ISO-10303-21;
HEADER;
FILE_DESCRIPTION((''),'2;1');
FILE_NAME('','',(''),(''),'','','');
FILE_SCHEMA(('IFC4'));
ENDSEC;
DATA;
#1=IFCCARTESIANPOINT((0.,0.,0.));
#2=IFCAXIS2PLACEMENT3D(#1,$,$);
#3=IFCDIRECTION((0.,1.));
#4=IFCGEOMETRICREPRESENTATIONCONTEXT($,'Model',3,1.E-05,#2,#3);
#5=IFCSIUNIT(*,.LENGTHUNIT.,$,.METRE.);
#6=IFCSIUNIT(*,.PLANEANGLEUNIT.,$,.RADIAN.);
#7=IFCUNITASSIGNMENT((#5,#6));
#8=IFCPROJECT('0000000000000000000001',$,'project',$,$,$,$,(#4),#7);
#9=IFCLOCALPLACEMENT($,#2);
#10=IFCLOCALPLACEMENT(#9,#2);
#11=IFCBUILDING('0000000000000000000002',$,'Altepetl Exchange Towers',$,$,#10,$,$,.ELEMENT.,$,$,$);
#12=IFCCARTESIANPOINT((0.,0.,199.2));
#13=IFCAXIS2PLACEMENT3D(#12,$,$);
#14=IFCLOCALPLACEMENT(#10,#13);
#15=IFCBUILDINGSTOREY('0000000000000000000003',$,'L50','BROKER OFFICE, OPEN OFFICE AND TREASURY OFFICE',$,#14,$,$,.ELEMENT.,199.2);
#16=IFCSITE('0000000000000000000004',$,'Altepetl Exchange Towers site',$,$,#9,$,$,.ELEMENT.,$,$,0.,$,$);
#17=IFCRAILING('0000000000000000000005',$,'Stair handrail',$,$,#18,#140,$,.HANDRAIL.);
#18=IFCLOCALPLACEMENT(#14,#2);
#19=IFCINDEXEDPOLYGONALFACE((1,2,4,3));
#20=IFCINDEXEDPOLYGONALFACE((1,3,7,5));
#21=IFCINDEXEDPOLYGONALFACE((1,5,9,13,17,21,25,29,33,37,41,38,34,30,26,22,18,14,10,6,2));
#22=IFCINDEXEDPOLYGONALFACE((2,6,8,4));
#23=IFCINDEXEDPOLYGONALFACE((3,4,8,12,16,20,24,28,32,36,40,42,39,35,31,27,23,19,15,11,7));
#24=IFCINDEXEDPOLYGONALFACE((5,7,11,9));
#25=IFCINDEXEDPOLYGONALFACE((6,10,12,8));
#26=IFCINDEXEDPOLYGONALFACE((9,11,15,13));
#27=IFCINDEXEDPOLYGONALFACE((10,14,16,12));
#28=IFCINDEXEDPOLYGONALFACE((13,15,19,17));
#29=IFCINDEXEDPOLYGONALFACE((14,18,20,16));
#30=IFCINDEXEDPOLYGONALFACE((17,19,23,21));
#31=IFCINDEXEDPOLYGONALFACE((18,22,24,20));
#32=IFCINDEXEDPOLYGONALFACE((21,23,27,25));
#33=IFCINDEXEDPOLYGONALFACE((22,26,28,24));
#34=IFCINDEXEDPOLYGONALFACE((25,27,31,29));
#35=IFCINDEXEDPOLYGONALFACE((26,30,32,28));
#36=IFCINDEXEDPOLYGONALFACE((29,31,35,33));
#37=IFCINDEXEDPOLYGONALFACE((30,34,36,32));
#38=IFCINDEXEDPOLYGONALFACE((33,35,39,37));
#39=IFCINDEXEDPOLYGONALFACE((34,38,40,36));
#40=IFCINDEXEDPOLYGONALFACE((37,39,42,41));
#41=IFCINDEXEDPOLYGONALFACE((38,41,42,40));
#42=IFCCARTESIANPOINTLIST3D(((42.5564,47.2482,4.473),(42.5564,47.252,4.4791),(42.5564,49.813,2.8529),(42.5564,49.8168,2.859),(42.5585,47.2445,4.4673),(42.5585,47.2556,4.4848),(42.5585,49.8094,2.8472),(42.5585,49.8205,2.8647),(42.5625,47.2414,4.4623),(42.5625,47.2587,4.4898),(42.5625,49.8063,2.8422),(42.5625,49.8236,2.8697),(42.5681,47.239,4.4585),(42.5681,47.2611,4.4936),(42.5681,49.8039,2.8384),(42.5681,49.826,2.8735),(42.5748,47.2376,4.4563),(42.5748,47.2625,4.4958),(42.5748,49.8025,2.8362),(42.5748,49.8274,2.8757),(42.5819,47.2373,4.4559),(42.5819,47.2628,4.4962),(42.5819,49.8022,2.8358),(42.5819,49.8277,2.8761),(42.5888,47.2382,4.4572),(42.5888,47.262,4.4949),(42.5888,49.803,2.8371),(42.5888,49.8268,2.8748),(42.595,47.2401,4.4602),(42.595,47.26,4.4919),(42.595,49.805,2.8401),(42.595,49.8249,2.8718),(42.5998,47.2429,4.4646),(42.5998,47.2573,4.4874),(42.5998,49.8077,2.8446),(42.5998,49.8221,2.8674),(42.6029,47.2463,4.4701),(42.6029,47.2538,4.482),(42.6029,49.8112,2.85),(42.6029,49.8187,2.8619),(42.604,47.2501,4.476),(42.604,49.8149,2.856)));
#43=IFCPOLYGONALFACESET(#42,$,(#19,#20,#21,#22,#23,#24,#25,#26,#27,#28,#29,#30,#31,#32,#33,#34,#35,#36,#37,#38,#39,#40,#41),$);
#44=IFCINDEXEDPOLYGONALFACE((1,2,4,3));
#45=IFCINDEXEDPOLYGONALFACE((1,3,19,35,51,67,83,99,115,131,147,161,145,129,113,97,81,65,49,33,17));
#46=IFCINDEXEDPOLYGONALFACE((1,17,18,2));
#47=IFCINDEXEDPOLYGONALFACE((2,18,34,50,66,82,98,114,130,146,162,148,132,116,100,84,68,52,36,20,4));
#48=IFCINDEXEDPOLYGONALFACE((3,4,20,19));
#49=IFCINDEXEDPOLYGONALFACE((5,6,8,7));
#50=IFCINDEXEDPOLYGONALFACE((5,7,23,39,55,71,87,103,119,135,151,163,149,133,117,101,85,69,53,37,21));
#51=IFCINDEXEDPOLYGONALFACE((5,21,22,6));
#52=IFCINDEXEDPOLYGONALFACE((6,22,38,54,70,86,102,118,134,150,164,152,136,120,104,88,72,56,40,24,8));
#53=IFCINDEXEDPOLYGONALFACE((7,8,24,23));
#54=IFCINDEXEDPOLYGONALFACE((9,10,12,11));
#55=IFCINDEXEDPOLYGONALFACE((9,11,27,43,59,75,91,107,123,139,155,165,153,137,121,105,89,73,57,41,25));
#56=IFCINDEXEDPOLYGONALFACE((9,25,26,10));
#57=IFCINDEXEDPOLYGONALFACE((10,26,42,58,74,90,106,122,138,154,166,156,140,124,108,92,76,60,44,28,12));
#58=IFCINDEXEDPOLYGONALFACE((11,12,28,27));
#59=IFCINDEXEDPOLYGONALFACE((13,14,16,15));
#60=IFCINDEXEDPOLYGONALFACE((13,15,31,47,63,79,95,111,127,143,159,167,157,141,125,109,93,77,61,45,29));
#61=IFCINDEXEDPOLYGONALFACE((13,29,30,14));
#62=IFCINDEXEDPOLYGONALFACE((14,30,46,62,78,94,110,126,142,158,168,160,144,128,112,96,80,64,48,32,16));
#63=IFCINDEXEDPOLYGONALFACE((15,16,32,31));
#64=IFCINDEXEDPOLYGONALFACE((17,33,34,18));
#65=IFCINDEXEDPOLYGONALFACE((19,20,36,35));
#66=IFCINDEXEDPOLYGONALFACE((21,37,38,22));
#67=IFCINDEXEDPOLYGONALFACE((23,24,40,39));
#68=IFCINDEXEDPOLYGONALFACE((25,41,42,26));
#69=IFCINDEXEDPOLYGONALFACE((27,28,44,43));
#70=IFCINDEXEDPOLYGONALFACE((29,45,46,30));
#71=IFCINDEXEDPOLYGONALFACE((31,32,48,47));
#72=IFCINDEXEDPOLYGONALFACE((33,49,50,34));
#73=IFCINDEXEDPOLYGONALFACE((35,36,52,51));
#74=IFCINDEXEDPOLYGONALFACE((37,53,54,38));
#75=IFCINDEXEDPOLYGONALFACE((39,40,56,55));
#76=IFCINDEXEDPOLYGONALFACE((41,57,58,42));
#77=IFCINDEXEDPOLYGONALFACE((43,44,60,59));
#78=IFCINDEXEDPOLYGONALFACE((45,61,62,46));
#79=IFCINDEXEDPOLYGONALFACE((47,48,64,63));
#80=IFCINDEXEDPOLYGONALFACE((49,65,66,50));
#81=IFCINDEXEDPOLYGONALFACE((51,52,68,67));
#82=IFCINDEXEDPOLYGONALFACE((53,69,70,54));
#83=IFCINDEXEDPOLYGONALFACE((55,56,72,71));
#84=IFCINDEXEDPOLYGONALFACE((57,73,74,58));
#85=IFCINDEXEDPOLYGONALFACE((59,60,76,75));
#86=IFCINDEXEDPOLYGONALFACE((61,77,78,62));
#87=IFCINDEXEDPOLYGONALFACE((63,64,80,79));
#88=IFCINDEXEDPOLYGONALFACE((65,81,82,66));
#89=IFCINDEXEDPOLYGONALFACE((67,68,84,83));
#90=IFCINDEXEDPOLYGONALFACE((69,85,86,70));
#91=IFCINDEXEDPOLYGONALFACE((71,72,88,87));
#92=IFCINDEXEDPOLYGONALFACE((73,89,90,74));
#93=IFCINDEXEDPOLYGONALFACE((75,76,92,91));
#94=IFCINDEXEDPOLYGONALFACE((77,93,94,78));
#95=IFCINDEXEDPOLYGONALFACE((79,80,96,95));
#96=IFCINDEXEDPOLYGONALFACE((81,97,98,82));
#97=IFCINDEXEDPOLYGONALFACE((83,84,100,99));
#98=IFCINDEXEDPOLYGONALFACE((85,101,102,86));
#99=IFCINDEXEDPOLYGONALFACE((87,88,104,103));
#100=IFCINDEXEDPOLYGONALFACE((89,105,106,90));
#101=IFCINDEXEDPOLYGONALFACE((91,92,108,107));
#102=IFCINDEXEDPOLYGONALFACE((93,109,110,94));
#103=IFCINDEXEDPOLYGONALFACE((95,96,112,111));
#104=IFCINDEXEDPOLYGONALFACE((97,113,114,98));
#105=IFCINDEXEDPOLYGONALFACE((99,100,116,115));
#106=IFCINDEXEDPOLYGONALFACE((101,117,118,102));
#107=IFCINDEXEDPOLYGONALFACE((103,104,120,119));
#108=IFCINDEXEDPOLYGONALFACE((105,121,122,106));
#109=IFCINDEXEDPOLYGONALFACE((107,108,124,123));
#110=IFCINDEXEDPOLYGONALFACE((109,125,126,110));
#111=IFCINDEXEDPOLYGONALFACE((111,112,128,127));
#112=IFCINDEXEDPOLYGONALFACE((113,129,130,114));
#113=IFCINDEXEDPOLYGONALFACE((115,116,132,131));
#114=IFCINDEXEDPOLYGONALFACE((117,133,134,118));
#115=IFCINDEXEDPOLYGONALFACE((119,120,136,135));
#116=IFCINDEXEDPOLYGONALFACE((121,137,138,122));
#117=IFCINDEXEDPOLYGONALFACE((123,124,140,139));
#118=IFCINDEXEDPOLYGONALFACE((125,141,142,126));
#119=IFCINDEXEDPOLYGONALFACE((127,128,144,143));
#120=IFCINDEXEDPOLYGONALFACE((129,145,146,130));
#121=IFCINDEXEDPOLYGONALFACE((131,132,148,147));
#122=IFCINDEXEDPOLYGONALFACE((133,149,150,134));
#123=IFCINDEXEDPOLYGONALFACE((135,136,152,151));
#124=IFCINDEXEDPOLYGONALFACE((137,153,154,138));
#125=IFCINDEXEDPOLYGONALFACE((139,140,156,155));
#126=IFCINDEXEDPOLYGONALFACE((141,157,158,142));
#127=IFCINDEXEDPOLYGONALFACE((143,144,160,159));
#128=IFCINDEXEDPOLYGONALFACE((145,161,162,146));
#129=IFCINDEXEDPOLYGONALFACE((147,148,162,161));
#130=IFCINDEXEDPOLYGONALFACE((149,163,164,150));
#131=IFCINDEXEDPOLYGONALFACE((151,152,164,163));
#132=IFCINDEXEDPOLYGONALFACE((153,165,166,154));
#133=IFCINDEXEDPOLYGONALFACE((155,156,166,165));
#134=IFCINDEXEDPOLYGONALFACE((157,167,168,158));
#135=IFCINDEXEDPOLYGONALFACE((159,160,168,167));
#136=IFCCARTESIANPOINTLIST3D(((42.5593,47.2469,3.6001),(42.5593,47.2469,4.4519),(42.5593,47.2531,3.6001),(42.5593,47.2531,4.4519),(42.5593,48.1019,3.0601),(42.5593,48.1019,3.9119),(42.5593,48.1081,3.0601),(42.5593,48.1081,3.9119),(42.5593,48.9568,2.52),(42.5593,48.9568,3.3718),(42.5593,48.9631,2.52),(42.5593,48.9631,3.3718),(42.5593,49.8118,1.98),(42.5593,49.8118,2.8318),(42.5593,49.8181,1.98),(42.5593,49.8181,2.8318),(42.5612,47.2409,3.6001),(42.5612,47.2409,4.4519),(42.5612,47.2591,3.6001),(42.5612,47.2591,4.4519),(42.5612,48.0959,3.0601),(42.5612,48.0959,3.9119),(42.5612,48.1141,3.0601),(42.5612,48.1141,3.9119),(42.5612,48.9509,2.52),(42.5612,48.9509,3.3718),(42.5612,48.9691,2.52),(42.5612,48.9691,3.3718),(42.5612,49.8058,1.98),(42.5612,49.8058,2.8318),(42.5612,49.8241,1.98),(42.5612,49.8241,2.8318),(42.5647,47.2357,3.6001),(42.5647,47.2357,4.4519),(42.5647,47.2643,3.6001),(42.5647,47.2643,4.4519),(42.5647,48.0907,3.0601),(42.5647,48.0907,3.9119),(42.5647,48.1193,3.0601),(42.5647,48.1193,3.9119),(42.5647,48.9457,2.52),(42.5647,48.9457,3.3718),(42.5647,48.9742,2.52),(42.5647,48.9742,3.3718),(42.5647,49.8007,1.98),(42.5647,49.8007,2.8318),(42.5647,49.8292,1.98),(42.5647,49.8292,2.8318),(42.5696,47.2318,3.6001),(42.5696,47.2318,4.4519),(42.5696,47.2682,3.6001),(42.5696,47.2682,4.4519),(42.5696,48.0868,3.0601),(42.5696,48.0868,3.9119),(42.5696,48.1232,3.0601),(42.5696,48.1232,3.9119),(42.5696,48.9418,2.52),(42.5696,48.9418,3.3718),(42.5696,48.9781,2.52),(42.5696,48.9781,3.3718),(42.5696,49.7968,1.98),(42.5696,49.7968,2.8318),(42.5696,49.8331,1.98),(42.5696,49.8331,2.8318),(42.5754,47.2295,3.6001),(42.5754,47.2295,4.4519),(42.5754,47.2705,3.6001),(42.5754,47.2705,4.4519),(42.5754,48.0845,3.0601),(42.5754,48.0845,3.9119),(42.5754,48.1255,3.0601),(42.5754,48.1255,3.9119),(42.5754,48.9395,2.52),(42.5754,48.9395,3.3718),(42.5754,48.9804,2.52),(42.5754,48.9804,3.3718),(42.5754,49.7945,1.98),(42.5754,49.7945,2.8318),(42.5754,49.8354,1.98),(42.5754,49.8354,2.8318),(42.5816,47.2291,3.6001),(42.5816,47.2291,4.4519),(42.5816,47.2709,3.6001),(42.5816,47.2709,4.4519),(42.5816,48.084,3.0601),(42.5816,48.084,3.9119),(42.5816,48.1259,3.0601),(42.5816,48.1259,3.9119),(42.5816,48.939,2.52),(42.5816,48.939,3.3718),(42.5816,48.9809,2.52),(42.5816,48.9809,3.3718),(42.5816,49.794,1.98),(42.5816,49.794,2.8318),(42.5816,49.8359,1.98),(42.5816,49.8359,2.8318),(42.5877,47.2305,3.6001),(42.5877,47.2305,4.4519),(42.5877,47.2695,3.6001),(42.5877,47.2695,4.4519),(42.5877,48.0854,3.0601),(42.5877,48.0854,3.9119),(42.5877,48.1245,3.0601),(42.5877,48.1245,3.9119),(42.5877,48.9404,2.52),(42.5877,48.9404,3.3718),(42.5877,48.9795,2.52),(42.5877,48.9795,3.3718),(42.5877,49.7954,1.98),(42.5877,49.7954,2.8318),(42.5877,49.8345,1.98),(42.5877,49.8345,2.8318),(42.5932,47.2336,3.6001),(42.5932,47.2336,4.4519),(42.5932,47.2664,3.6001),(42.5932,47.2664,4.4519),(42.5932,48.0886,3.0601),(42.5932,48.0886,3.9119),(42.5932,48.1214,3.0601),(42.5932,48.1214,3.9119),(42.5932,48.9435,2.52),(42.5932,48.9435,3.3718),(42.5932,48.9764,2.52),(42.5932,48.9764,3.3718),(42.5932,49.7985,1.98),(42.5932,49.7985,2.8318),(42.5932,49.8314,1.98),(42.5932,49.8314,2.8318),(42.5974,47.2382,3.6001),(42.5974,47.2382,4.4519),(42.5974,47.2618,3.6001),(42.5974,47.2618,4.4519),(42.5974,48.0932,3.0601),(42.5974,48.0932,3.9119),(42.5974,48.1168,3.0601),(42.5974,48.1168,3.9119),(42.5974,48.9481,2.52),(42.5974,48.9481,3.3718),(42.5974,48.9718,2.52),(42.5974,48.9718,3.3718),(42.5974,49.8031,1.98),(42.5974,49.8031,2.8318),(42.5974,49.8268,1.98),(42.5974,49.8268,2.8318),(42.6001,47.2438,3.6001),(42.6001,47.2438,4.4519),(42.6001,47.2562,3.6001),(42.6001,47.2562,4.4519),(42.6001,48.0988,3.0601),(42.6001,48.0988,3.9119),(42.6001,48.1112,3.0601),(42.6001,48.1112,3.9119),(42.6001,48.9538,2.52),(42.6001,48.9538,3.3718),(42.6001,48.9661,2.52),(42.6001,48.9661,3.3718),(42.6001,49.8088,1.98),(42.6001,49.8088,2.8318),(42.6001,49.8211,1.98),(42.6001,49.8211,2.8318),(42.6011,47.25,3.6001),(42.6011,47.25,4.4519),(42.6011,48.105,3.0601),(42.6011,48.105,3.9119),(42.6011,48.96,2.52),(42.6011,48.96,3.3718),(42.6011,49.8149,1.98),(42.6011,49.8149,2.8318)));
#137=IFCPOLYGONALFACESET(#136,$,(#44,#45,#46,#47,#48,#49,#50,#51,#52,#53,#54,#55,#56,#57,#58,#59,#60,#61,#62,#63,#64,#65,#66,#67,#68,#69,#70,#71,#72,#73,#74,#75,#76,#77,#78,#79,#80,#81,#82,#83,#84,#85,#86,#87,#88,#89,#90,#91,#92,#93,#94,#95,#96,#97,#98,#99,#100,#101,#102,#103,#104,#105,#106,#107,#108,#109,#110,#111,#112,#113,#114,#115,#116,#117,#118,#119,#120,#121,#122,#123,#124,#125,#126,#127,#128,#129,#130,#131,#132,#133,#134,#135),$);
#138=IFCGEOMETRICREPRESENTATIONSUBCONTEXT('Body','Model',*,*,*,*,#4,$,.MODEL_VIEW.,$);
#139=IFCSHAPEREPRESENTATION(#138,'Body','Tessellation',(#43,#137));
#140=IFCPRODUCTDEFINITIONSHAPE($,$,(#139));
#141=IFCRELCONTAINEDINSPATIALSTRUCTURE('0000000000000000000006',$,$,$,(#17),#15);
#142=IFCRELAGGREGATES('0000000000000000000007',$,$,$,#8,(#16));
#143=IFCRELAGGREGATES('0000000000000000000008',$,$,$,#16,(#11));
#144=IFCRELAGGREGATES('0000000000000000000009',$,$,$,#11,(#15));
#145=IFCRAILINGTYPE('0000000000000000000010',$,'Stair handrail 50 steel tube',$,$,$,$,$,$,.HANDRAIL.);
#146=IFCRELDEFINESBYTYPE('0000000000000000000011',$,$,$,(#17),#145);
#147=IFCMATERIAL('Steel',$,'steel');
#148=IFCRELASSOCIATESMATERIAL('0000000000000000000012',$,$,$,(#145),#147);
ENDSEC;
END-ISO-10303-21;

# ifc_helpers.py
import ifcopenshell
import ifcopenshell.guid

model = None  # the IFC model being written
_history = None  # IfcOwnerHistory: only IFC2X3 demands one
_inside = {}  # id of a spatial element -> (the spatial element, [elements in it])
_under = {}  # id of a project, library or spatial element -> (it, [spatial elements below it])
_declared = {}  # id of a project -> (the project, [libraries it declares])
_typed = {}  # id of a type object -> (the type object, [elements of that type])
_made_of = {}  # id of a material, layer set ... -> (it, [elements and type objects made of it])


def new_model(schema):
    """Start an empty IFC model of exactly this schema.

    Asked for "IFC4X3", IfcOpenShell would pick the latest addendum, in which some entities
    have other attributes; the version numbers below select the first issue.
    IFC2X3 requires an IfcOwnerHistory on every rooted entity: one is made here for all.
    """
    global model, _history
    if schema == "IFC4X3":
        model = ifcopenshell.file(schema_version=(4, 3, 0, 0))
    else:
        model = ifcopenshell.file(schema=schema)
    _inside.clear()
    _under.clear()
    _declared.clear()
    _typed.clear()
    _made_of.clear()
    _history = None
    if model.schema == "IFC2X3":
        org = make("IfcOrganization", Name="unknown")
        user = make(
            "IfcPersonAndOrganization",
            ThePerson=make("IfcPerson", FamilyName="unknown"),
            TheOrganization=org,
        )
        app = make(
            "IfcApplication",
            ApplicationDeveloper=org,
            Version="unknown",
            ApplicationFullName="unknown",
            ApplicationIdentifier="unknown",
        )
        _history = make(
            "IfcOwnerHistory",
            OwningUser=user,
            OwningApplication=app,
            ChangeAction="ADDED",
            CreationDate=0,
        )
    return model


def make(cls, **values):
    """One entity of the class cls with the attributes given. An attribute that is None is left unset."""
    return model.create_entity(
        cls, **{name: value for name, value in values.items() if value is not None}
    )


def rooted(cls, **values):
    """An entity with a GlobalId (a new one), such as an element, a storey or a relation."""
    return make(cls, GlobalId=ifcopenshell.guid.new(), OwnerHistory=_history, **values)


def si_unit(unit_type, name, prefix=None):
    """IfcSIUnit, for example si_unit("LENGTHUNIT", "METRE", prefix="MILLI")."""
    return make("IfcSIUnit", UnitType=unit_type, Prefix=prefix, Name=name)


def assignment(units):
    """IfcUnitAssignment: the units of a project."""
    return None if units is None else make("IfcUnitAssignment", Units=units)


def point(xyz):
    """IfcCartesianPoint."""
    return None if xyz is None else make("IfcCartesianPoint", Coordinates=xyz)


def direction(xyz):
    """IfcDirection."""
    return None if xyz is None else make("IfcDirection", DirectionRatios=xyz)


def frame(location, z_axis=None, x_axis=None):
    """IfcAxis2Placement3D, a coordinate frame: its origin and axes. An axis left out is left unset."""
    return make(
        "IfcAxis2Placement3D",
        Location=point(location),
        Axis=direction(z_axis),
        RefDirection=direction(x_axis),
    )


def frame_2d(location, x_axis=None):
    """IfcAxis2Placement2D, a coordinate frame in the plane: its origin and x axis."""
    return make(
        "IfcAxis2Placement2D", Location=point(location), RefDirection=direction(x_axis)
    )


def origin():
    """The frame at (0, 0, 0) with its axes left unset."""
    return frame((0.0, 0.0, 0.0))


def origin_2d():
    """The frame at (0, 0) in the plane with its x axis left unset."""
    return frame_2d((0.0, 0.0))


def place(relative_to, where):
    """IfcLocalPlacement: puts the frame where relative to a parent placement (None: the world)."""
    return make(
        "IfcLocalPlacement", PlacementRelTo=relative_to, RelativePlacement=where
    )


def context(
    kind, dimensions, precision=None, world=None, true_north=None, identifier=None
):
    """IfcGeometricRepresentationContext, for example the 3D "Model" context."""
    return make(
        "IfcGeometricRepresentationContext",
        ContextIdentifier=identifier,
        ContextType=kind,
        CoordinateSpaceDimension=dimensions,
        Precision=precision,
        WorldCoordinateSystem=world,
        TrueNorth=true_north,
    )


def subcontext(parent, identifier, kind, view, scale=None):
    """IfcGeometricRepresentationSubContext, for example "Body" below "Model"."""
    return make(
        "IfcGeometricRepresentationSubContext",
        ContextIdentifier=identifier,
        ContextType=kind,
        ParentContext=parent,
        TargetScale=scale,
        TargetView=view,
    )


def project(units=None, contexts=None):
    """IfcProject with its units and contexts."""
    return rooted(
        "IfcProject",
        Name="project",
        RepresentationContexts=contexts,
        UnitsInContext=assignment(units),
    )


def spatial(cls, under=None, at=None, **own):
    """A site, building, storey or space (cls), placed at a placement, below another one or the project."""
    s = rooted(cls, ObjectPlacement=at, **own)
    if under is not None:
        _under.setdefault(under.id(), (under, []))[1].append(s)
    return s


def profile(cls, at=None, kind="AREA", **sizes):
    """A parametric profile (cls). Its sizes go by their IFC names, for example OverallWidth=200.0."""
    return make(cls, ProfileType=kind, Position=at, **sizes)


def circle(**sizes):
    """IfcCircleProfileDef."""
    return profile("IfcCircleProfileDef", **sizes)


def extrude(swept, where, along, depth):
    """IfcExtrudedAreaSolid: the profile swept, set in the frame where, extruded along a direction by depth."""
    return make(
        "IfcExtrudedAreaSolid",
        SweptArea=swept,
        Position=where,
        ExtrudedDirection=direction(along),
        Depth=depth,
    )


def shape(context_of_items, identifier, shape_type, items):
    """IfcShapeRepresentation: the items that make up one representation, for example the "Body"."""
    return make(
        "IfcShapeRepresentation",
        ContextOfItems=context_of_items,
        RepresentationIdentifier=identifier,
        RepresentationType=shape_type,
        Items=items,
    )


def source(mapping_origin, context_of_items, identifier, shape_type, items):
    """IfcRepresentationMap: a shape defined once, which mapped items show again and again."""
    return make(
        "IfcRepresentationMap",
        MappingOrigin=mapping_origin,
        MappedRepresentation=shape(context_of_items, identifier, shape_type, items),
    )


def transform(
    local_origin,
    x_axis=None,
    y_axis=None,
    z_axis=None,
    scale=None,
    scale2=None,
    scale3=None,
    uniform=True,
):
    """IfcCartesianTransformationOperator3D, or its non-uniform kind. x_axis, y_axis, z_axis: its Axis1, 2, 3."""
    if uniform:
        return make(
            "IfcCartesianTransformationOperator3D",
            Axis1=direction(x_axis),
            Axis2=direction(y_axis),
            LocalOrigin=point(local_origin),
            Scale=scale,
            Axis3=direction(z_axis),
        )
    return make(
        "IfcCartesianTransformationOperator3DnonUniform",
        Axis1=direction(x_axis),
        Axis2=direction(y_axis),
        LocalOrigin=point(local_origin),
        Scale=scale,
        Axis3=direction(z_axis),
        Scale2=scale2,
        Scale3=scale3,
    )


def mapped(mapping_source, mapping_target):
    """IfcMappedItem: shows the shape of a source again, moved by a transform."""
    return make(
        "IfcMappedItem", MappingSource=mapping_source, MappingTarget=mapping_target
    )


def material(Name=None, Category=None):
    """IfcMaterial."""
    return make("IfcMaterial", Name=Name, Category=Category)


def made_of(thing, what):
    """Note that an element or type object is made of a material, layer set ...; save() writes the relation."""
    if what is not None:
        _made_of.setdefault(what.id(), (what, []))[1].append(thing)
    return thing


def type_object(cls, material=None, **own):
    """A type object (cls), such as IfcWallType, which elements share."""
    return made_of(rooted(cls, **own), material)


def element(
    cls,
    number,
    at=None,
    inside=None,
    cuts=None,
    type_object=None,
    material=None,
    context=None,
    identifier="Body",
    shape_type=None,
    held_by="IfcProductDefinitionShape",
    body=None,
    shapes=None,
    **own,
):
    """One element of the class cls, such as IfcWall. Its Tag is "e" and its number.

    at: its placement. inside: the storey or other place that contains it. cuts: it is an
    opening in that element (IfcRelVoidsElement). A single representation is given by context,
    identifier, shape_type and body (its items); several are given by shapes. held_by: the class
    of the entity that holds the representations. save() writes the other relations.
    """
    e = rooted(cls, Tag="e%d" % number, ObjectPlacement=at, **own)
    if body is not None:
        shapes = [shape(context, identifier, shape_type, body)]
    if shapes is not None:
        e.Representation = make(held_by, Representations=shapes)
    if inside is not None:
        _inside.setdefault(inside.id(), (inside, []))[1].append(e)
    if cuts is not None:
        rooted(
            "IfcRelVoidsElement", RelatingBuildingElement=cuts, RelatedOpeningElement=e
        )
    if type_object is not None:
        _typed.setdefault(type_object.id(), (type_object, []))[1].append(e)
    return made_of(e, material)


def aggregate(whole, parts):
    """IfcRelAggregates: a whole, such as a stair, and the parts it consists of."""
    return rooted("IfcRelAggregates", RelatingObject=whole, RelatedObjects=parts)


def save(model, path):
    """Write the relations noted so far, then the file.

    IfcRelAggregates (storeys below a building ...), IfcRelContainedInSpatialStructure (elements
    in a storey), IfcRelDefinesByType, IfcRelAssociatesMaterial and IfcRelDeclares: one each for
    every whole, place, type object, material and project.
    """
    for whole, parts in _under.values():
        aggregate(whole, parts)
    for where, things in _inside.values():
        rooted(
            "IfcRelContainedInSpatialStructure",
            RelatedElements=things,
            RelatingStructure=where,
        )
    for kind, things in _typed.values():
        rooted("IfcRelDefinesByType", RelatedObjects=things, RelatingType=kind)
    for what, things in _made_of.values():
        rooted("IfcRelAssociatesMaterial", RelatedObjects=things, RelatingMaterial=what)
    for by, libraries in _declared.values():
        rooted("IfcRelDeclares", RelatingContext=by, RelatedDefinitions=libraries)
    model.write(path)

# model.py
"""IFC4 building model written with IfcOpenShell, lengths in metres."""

from ifc_helpers import new_model, si_unit, direction, frame, origin, origin_2d, place, context, subcontext, project, spatial, circle, extrude, source, transform, mapped, material, type_object, element, save


model = new_model("IFC4")

# Units and contexts
model_context = context("Model", 3, precision=1e-05, world=origin(), true_north=direction((0.0, 1.0)))
body_context = subcontext(model_context, "Body", "Model", "MODEL_VIEW")
ifc_project = project(units=[si_unit("LENGTHUNIT", "METRE"), si_unit("PLANEANGLEUNIT", "RADIAN")], contexts=[model_context])

# Site, building, storey
site_placement = place(None, origin())
site = spatial("IfcSite", under=ifc_project, at=site_placement, Name="Altepetl Exchange Towers site", CompositionType="ELEMENT", RefElevation=0.0)
building_placement = place(site_placement, origin())
building = spatial("IfcBuilding", under=site, at=building_placement, Name="Altepetl Exchange Towers", CompositionType="ELEMENT")
storey_placement = place(building_placement, frame((0.0, 0.0, 199.2)))
storey = spatial("IfcBuildingStorey", under=building, at=storey_placement, Name="L50", Description="BROKER OFFICE, OPEN OFFICE AND TREASURY OFFICE", CompositionType="ELEMENT", Elevation=199.2)

# Railing
ifc_material_1 = material(Name="Steel", Category="steel")
railing_type = type_object("IfcRailingType", Name="Stair handrail 50 steel tube", PredefinedType="HANDRAIL", material=ifc_material_1)
shared_shape = source(origin(), body_context, "Body", "SweptSolid", [
    extrude(circle(Radius=0.021, at=origin_2d()), origin(), (0.0, 0.0, 1.0), 0.8518),
])
railing_1_placement = place(storey_placement, frame((42.5801, 49.8149, 1.98)))
element("IfcRailing", 1, at=railing_1_placement, inside=storey, type_object=railing_type, Name="Stair handrail", PredefinedType="HANDRAIL", context=body_context, shape_type="SweptSolid", body=[
    extrude(circle(Radius=0.0239, at=origin_2d()), frame((0.0, 0.0, 0.876), z_axis=(0.0, -0.845466, 0.534029), x_axis=(1.0, 0.0, 0.0)), (0.0, 0.0, 1.0), 3.0337),
    mapped(shared_shape, transform((0.0, 0.0, 0.0))),
    mapped(shared_shape, transform((0.0, -0.855, 0.54))),
    mapped(shared_shape, transform((0.0, -1.71, 1.0801))),
    mapped(shared_shape, transform((0.0, -2.5649, 1.6201))),
])

save(model, "model.ifc")
